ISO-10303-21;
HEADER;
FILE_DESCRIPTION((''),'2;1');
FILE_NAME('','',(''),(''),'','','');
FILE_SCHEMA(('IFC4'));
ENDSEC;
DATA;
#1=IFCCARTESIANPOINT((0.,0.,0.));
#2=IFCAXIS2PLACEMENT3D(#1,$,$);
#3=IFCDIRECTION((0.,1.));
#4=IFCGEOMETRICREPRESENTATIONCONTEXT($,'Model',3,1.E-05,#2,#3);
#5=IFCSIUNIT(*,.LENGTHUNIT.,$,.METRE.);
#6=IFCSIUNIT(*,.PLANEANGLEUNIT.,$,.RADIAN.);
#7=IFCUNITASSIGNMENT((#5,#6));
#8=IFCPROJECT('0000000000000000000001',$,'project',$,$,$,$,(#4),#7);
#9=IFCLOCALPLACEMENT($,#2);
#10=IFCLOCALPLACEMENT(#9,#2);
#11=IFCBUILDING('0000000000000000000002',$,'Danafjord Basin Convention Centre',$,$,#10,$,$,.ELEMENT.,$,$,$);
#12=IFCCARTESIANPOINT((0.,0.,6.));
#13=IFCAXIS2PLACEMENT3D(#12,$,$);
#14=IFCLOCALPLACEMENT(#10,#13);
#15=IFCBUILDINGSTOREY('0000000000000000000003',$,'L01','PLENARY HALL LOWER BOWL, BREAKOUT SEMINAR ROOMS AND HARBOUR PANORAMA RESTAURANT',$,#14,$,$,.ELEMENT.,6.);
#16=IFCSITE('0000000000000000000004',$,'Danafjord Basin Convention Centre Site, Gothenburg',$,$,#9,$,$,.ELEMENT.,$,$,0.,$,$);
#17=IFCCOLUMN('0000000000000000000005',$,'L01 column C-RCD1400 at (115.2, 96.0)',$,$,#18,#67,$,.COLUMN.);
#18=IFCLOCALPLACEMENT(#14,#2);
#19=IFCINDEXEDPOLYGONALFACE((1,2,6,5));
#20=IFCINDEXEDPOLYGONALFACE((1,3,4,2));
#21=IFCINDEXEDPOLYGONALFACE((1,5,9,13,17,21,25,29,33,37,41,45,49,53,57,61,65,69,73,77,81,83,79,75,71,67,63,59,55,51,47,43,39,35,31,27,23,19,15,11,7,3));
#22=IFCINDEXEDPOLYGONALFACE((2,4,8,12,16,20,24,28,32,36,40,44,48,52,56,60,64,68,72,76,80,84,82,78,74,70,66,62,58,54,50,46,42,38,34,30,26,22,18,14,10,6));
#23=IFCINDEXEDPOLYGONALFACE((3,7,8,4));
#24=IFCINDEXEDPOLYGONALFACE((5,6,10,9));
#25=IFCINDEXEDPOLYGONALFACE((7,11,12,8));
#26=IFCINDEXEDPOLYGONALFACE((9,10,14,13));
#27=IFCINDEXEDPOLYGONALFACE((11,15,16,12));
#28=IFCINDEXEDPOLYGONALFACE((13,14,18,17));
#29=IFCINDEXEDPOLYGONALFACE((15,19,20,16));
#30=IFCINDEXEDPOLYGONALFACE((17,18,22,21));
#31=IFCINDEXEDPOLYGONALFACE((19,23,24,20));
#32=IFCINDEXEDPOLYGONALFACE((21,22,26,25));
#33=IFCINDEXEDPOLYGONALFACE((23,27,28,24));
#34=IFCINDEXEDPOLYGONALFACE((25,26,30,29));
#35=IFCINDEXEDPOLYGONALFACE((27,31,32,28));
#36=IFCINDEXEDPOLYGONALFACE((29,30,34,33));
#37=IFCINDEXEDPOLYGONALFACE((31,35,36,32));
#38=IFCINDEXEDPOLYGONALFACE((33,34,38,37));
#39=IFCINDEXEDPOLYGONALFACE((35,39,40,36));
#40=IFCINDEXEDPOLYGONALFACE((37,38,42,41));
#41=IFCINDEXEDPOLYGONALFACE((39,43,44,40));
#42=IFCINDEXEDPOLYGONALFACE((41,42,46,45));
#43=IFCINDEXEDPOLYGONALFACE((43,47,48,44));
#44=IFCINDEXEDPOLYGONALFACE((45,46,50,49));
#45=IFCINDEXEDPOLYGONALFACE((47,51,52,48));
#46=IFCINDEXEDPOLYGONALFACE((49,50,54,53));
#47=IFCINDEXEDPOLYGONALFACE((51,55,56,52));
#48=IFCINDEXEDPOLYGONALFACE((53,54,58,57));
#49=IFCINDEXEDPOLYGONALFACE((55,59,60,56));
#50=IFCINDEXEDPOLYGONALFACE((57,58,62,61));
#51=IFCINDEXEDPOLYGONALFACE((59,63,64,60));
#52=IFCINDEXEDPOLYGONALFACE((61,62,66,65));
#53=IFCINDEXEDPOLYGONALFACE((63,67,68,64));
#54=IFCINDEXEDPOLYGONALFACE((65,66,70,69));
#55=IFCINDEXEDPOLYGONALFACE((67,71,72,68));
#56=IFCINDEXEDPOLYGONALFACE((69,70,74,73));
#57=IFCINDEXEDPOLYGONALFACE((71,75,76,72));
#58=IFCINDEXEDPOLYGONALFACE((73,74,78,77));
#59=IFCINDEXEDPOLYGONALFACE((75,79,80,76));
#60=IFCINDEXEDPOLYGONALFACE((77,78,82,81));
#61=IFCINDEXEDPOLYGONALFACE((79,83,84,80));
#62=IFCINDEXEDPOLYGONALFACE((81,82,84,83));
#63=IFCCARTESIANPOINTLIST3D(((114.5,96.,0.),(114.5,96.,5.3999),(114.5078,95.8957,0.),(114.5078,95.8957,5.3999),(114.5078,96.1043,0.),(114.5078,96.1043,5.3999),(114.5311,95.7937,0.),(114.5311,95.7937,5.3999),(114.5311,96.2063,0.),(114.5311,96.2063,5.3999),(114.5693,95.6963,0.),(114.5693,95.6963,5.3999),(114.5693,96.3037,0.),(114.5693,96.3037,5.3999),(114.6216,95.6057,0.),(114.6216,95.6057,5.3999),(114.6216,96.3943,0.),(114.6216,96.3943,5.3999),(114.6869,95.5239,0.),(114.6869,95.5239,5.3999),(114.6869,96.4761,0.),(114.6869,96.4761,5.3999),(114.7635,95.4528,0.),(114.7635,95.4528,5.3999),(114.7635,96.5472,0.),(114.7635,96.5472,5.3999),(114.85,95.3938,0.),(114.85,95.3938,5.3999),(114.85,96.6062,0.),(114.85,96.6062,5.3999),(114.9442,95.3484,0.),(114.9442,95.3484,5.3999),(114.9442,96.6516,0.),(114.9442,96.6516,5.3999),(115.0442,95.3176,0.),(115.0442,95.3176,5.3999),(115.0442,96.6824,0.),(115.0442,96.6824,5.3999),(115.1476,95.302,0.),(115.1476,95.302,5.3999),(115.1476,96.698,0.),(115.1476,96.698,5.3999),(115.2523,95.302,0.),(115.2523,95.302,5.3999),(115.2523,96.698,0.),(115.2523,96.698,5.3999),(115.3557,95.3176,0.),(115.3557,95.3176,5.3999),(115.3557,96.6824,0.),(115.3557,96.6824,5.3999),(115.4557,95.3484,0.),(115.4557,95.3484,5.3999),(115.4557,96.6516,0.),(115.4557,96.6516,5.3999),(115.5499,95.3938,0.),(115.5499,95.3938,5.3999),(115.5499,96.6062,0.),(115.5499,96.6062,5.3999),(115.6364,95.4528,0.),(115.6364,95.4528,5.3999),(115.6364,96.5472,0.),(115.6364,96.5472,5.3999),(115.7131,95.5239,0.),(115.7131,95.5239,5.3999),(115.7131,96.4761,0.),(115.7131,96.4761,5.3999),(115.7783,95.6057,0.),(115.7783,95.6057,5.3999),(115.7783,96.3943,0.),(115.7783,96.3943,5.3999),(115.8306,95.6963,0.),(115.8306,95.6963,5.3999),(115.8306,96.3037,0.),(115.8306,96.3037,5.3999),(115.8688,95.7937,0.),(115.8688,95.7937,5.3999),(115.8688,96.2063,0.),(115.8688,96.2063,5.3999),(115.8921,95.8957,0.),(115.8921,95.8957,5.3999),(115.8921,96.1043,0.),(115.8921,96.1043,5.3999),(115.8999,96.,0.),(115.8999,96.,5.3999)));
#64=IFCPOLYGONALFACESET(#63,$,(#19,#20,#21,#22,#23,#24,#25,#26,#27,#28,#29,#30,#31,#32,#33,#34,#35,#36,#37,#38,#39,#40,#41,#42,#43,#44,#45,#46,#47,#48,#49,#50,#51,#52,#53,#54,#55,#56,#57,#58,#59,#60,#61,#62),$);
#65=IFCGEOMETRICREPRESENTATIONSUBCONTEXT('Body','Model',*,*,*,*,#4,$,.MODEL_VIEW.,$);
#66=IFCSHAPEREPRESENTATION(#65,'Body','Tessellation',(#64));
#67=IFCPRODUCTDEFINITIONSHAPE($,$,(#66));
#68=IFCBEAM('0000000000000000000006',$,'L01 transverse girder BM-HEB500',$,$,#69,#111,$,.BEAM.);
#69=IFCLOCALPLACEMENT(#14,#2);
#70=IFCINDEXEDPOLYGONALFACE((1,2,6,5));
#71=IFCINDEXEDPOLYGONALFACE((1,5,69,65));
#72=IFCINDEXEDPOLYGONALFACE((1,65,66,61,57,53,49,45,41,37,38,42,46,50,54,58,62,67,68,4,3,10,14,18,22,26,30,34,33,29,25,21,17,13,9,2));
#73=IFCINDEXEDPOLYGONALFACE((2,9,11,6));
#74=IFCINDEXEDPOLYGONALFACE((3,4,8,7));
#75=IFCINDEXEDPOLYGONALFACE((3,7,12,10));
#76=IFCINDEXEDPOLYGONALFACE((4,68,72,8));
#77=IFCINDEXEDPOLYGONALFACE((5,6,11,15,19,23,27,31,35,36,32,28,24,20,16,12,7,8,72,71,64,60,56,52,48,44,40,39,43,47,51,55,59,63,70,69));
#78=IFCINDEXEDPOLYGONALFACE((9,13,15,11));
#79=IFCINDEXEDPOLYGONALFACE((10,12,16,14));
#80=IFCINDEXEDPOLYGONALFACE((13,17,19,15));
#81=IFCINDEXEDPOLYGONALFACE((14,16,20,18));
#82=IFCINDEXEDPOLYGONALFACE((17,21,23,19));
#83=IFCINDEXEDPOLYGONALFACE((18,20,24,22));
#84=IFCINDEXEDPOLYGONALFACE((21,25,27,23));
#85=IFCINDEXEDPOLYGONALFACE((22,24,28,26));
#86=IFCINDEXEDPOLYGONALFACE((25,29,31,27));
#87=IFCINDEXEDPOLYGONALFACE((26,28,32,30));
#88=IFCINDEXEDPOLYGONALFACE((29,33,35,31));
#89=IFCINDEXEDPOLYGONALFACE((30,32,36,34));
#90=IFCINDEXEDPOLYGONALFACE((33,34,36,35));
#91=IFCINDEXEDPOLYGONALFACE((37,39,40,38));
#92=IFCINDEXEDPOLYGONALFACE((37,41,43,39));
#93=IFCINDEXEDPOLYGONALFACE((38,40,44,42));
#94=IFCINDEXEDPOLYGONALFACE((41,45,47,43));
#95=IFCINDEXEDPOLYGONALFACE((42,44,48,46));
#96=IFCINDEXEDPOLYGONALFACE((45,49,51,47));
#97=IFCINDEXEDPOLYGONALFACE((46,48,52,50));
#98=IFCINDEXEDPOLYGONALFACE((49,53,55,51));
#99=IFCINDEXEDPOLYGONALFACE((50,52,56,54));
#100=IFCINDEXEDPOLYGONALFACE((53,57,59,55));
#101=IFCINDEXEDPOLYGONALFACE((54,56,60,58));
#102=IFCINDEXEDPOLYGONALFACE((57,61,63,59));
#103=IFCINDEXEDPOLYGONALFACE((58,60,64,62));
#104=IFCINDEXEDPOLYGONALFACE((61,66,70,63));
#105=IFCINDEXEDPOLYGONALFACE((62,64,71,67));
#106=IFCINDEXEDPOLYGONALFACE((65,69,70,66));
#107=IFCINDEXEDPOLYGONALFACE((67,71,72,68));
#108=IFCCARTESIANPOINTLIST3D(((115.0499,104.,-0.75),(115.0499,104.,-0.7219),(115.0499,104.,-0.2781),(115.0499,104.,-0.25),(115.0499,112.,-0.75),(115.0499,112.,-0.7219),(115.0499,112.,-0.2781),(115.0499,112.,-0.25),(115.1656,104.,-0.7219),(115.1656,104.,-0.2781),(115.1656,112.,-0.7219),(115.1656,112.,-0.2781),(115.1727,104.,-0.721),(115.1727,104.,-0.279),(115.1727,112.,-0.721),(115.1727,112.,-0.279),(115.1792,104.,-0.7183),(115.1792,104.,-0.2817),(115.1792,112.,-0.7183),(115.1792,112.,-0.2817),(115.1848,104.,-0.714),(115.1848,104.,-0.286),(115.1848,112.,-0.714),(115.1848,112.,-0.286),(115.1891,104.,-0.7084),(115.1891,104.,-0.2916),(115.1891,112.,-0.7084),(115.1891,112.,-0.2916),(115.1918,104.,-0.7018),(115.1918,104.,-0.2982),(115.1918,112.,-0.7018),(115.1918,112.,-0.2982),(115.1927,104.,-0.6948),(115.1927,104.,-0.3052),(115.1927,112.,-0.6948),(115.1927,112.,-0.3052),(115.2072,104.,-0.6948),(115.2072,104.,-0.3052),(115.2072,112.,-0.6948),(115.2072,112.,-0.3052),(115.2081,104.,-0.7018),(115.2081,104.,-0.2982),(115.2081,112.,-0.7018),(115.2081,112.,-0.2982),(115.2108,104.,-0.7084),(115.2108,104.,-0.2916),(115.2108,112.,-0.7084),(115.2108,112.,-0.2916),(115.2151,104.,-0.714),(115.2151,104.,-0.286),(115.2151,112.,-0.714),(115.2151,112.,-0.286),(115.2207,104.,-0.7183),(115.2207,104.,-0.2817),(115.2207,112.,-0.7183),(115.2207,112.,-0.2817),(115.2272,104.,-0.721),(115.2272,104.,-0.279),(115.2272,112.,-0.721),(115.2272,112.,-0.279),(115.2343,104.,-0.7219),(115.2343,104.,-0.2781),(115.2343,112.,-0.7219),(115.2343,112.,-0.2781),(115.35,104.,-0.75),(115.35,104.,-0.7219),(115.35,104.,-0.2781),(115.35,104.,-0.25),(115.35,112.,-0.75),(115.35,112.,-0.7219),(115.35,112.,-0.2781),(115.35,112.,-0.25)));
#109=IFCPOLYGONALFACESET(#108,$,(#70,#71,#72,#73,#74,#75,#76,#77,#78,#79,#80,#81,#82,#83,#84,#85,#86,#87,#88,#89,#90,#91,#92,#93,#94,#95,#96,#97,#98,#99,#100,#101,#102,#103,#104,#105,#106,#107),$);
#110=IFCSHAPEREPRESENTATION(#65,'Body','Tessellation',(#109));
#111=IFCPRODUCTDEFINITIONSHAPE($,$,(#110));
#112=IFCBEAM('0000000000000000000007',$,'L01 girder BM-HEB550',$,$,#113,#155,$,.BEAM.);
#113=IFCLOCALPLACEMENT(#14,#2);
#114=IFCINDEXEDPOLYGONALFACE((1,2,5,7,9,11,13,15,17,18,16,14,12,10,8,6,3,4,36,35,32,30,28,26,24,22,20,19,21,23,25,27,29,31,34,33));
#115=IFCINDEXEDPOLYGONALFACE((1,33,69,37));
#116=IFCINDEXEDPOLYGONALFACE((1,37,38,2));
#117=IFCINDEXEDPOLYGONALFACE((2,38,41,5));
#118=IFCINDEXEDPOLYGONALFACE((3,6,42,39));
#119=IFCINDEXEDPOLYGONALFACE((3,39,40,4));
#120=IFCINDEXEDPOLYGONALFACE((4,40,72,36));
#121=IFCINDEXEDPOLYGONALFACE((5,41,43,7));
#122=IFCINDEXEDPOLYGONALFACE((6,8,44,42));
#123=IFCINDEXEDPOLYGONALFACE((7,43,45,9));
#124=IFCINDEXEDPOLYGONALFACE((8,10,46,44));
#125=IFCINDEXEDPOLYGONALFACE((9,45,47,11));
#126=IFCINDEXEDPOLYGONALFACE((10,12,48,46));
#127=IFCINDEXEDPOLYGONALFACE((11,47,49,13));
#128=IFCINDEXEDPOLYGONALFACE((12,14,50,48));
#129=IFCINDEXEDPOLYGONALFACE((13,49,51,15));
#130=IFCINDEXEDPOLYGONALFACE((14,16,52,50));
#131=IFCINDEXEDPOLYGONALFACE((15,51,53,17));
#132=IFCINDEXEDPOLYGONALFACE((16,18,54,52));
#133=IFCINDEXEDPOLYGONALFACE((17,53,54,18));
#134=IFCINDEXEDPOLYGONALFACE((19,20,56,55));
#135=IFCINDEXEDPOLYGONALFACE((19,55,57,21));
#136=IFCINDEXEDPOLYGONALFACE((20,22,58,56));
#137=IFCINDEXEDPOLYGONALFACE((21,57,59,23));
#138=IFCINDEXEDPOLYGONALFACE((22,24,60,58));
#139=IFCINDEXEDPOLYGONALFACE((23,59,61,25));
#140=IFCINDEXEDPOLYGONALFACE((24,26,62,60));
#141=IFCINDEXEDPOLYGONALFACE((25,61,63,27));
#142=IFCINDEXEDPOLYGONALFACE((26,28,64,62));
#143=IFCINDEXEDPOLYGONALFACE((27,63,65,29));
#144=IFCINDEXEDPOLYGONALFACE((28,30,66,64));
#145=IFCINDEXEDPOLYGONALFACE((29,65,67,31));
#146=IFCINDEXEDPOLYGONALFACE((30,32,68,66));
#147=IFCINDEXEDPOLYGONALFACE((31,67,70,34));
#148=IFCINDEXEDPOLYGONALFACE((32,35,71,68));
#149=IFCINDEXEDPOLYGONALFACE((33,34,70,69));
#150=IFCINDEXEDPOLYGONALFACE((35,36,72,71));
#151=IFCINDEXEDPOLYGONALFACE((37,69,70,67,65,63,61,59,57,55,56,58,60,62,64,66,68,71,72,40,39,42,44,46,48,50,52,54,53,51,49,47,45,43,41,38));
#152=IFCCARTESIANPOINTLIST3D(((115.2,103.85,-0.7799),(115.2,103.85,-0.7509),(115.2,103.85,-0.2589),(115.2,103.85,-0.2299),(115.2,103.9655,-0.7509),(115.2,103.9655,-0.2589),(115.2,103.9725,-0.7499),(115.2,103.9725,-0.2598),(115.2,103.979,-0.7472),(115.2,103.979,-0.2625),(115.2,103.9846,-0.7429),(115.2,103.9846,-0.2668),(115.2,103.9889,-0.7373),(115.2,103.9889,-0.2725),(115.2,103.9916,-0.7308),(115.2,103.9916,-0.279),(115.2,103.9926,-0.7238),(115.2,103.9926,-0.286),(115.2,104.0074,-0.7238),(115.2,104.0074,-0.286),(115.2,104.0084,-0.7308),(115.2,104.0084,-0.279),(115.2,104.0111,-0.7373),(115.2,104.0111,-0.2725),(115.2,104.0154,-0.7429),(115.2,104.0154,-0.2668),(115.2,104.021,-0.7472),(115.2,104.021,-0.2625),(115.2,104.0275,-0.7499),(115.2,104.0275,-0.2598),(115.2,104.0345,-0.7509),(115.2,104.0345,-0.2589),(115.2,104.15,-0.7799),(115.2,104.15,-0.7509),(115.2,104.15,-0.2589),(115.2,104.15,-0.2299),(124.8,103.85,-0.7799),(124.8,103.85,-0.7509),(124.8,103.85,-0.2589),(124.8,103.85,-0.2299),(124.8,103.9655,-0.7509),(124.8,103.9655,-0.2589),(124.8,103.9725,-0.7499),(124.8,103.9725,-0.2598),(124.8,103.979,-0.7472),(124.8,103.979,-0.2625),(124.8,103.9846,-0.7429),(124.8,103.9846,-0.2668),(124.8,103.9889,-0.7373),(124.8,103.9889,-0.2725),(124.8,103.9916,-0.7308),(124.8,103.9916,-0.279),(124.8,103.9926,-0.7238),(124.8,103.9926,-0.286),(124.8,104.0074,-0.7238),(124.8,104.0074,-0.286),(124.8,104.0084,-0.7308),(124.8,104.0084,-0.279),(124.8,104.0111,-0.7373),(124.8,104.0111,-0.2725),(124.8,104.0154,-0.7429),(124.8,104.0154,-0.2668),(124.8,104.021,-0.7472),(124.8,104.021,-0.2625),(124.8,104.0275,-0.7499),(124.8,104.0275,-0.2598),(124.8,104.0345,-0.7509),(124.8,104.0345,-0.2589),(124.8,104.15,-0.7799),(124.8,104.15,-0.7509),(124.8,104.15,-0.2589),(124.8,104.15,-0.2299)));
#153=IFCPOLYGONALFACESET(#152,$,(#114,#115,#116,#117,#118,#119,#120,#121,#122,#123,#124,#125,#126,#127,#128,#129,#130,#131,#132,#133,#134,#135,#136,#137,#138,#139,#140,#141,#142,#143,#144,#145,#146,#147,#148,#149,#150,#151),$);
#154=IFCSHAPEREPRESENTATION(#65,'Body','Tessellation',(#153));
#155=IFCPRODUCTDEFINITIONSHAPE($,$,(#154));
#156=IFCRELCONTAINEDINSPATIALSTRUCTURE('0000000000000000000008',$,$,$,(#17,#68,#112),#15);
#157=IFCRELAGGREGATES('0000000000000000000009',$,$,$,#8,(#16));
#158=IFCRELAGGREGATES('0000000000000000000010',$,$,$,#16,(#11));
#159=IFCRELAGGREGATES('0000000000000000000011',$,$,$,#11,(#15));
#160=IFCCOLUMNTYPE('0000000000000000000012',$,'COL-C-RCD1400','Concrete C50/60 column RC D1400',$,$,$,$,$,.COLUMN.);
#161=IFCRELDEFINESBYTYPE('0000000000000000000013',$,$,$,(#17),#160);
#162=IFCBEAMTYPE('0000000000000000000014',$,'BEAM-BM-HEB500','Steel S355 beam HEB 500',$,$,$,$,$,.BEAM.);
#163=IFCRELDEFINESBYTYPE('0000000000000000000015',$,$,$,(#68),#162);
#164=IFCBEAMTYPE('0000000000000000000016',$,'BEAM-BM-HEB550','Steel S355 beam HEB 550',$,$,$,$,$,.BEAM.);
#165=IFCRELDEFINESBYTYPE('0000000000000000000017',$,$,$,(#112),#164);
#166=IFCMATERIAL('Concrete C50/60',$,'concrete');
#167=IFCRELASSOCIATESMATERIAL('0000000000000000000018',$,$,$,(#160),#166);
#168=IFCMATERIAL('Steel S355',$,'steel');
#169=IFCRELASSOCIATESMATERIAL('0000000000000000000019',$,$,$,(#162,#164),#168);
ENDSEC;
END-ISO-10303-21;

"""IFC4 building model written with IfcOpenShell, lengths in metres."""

from ifc_helpers import new_model, si_unit, direction, frame, origin, origin_2d, place, context, subcontext, project, spatial, circle, i_section, extrude, material, material_profile, profile_set, type_object, element, save


model = new_model("IFC4")

# Units and contexts
model_context = context("Model", 3, precision=1e-05, world=origin(), true_north=direction((0.0, 1.0)))
body_context = subcontext(model_context, "Body", "Model", "MODEL_VIEW")
ifc_project = project(units=[si_unit("LENGTHUNIT", "METRE"), si_unit("PLANEANGLEUNIT", "RADIAN")], contexts=[model_context])

# Site, building, storey
site_placement = place(None, origin())
site = spatial("IfcSite", under=ifc_project, at=site_placement, Name="Danafjord Basin Convention Centre Site, Gothenburg", CompositionType="ELEMENT", RefElevation=0.0)
building_placement = place(site_placement, origin())
building = spatial("IfcBuilding", under=site, at=building_placement, Name="Danafjord Basin Convention Centre", CompositionType="ELEMENT")
storey_placement = place(building_placement, frame((0.0, 0.0, 6.0)))
storey = spatial("IfcBuildingStorey", under=building, at=storey_placement, Name="L01", Description="PLENARY HALL LOWER BOWL, BREAKOUT SEMINAR ROOMS AND HARBOUR PANORAMA RESTAURANT", CompositionType="ELEMENT", Elevation=6.0)

# Column
ifc_material_1 = material(Name="Steel S355", Category="steel")
ifc_material_2 = material(Name="Concrete C50/60", Category="concrete")
ifc_material_profile_1 = material_profile(ifc_material_2, circle(Radius=0.7, at=origin_2d()), Name="RC D1400")
ifc_profile_set_1 = profile_set([ifc_material_profile_1], Name="Concrete C50/60")
column_type_1 = type_object("IfcColumnType", Name="COL-C-RCD1400", Description="Concrete C50/60 column RC D1400", PredefinedType="COLUMN", material=ifc_profile_set_1)
column_1_placement = place(storey_placement, frame((115.2, 96.0, 0.0), z_axis=(0.0, 0.0, 1.0), x_axis=(1.0, 0.0, 0.0)))
element("IfcColumn", 1, at=column_1_placement, inside=storey, type_object=column_type_1, Name="L01 column C-RCD1400 at (115.2, 96.0)", PredefinedType="COLUMN", context=body_context, shape_type="SweptSolid", body=[
    extrude(circle(Radius=0.7, at=origin_2d()), origin(), (0.0, 0.0, 1.0), 5.3999),
])

# Beams
ifc_material_profile_2 = material_profile(ifc_material_1, i_section(OverallWidth=0.3, OverallDepth=0.5, WebThickness=0.0144, FlangeThickness=0.0281, FilletRadius=0.0271, at=origin_2d()), Name="HEB 500")
ifc_profile_set_2 = profile_set([ifc_material_profile_2], Name="Steel S355")
beam_type_1 = type_object("IfcBeamType", Name="BEAM-BM-HEB500", Description="Steel S355 beam HEB 500", PredefinedType="BEAM", material=ifc_profile_set_2)
beam_1_placement = place(storey_placement, frame((115.2, 104.0, -0.5), z_axis=(0.0, 1.0, 0.0), x_axis=(-1.0, 0.0, 0.0)))
element("IfcBeam", 2, at=beam_1_placement, inside=storey, type_object=beam_type_1, Name="L01 transverse girder BM-HEB500", PredefinedType="BEAM", context=body_context, shape_type="SweptSolid", body=[
    extrude(i_section(OverallWidth=0.3, OverallDepth=0.5, WebThickness=0.0144, FlangeThickness=0.0281, FilletRadius=0.0271, at=origin_2d()), origin(), (0.0, 0.0, 1.0), 8.0),
])
ifc_material_profile_3 = material_profile(ifc_material_1, i_section(OverallWidth=0.3, OverallDepth=0.55, WebThickness=0.0149, FlangeThickness=0.0291, FilletRadius=0.0271, at=origin_2d()), Name="HEB 550")
ifc_profile_set_3 = profile_set([ifc_material_profile_3], Name="Steel S355")
beam_type_2 = type_object("IfcBeamType", Name="BEAM-BM-HEB550", Description="Steel S355 beam HEB 550", PredefinedType="BEAM", material=ifc_profile_set_3)
beam_2_placement = place(storey_placement, frame((115.2, 104.0, -0.5049), z_axis=(1.0, 0.0, 0.0), x_axis=(0.0, 1.0, 0.0)))
element("IfcBeam", 3, at=beam_2_placement, inside=storey, type_object=beam_type_2, Name="L01 girder BM-HEB550", PredefinedType="BEAM", context=body_context, shape_type="SweptSolid", body=[
    extrude(i_section(OverallWidth=0.3, OverallDepth=0.55, WebThickness=0.0149, FlangeThickness=0.0291, FilletRadius=0.0271, at=origin_2d()), origin(), (0.0, 0.0, 1.0), 9.6001),
])

save(model, "model.ifc")
